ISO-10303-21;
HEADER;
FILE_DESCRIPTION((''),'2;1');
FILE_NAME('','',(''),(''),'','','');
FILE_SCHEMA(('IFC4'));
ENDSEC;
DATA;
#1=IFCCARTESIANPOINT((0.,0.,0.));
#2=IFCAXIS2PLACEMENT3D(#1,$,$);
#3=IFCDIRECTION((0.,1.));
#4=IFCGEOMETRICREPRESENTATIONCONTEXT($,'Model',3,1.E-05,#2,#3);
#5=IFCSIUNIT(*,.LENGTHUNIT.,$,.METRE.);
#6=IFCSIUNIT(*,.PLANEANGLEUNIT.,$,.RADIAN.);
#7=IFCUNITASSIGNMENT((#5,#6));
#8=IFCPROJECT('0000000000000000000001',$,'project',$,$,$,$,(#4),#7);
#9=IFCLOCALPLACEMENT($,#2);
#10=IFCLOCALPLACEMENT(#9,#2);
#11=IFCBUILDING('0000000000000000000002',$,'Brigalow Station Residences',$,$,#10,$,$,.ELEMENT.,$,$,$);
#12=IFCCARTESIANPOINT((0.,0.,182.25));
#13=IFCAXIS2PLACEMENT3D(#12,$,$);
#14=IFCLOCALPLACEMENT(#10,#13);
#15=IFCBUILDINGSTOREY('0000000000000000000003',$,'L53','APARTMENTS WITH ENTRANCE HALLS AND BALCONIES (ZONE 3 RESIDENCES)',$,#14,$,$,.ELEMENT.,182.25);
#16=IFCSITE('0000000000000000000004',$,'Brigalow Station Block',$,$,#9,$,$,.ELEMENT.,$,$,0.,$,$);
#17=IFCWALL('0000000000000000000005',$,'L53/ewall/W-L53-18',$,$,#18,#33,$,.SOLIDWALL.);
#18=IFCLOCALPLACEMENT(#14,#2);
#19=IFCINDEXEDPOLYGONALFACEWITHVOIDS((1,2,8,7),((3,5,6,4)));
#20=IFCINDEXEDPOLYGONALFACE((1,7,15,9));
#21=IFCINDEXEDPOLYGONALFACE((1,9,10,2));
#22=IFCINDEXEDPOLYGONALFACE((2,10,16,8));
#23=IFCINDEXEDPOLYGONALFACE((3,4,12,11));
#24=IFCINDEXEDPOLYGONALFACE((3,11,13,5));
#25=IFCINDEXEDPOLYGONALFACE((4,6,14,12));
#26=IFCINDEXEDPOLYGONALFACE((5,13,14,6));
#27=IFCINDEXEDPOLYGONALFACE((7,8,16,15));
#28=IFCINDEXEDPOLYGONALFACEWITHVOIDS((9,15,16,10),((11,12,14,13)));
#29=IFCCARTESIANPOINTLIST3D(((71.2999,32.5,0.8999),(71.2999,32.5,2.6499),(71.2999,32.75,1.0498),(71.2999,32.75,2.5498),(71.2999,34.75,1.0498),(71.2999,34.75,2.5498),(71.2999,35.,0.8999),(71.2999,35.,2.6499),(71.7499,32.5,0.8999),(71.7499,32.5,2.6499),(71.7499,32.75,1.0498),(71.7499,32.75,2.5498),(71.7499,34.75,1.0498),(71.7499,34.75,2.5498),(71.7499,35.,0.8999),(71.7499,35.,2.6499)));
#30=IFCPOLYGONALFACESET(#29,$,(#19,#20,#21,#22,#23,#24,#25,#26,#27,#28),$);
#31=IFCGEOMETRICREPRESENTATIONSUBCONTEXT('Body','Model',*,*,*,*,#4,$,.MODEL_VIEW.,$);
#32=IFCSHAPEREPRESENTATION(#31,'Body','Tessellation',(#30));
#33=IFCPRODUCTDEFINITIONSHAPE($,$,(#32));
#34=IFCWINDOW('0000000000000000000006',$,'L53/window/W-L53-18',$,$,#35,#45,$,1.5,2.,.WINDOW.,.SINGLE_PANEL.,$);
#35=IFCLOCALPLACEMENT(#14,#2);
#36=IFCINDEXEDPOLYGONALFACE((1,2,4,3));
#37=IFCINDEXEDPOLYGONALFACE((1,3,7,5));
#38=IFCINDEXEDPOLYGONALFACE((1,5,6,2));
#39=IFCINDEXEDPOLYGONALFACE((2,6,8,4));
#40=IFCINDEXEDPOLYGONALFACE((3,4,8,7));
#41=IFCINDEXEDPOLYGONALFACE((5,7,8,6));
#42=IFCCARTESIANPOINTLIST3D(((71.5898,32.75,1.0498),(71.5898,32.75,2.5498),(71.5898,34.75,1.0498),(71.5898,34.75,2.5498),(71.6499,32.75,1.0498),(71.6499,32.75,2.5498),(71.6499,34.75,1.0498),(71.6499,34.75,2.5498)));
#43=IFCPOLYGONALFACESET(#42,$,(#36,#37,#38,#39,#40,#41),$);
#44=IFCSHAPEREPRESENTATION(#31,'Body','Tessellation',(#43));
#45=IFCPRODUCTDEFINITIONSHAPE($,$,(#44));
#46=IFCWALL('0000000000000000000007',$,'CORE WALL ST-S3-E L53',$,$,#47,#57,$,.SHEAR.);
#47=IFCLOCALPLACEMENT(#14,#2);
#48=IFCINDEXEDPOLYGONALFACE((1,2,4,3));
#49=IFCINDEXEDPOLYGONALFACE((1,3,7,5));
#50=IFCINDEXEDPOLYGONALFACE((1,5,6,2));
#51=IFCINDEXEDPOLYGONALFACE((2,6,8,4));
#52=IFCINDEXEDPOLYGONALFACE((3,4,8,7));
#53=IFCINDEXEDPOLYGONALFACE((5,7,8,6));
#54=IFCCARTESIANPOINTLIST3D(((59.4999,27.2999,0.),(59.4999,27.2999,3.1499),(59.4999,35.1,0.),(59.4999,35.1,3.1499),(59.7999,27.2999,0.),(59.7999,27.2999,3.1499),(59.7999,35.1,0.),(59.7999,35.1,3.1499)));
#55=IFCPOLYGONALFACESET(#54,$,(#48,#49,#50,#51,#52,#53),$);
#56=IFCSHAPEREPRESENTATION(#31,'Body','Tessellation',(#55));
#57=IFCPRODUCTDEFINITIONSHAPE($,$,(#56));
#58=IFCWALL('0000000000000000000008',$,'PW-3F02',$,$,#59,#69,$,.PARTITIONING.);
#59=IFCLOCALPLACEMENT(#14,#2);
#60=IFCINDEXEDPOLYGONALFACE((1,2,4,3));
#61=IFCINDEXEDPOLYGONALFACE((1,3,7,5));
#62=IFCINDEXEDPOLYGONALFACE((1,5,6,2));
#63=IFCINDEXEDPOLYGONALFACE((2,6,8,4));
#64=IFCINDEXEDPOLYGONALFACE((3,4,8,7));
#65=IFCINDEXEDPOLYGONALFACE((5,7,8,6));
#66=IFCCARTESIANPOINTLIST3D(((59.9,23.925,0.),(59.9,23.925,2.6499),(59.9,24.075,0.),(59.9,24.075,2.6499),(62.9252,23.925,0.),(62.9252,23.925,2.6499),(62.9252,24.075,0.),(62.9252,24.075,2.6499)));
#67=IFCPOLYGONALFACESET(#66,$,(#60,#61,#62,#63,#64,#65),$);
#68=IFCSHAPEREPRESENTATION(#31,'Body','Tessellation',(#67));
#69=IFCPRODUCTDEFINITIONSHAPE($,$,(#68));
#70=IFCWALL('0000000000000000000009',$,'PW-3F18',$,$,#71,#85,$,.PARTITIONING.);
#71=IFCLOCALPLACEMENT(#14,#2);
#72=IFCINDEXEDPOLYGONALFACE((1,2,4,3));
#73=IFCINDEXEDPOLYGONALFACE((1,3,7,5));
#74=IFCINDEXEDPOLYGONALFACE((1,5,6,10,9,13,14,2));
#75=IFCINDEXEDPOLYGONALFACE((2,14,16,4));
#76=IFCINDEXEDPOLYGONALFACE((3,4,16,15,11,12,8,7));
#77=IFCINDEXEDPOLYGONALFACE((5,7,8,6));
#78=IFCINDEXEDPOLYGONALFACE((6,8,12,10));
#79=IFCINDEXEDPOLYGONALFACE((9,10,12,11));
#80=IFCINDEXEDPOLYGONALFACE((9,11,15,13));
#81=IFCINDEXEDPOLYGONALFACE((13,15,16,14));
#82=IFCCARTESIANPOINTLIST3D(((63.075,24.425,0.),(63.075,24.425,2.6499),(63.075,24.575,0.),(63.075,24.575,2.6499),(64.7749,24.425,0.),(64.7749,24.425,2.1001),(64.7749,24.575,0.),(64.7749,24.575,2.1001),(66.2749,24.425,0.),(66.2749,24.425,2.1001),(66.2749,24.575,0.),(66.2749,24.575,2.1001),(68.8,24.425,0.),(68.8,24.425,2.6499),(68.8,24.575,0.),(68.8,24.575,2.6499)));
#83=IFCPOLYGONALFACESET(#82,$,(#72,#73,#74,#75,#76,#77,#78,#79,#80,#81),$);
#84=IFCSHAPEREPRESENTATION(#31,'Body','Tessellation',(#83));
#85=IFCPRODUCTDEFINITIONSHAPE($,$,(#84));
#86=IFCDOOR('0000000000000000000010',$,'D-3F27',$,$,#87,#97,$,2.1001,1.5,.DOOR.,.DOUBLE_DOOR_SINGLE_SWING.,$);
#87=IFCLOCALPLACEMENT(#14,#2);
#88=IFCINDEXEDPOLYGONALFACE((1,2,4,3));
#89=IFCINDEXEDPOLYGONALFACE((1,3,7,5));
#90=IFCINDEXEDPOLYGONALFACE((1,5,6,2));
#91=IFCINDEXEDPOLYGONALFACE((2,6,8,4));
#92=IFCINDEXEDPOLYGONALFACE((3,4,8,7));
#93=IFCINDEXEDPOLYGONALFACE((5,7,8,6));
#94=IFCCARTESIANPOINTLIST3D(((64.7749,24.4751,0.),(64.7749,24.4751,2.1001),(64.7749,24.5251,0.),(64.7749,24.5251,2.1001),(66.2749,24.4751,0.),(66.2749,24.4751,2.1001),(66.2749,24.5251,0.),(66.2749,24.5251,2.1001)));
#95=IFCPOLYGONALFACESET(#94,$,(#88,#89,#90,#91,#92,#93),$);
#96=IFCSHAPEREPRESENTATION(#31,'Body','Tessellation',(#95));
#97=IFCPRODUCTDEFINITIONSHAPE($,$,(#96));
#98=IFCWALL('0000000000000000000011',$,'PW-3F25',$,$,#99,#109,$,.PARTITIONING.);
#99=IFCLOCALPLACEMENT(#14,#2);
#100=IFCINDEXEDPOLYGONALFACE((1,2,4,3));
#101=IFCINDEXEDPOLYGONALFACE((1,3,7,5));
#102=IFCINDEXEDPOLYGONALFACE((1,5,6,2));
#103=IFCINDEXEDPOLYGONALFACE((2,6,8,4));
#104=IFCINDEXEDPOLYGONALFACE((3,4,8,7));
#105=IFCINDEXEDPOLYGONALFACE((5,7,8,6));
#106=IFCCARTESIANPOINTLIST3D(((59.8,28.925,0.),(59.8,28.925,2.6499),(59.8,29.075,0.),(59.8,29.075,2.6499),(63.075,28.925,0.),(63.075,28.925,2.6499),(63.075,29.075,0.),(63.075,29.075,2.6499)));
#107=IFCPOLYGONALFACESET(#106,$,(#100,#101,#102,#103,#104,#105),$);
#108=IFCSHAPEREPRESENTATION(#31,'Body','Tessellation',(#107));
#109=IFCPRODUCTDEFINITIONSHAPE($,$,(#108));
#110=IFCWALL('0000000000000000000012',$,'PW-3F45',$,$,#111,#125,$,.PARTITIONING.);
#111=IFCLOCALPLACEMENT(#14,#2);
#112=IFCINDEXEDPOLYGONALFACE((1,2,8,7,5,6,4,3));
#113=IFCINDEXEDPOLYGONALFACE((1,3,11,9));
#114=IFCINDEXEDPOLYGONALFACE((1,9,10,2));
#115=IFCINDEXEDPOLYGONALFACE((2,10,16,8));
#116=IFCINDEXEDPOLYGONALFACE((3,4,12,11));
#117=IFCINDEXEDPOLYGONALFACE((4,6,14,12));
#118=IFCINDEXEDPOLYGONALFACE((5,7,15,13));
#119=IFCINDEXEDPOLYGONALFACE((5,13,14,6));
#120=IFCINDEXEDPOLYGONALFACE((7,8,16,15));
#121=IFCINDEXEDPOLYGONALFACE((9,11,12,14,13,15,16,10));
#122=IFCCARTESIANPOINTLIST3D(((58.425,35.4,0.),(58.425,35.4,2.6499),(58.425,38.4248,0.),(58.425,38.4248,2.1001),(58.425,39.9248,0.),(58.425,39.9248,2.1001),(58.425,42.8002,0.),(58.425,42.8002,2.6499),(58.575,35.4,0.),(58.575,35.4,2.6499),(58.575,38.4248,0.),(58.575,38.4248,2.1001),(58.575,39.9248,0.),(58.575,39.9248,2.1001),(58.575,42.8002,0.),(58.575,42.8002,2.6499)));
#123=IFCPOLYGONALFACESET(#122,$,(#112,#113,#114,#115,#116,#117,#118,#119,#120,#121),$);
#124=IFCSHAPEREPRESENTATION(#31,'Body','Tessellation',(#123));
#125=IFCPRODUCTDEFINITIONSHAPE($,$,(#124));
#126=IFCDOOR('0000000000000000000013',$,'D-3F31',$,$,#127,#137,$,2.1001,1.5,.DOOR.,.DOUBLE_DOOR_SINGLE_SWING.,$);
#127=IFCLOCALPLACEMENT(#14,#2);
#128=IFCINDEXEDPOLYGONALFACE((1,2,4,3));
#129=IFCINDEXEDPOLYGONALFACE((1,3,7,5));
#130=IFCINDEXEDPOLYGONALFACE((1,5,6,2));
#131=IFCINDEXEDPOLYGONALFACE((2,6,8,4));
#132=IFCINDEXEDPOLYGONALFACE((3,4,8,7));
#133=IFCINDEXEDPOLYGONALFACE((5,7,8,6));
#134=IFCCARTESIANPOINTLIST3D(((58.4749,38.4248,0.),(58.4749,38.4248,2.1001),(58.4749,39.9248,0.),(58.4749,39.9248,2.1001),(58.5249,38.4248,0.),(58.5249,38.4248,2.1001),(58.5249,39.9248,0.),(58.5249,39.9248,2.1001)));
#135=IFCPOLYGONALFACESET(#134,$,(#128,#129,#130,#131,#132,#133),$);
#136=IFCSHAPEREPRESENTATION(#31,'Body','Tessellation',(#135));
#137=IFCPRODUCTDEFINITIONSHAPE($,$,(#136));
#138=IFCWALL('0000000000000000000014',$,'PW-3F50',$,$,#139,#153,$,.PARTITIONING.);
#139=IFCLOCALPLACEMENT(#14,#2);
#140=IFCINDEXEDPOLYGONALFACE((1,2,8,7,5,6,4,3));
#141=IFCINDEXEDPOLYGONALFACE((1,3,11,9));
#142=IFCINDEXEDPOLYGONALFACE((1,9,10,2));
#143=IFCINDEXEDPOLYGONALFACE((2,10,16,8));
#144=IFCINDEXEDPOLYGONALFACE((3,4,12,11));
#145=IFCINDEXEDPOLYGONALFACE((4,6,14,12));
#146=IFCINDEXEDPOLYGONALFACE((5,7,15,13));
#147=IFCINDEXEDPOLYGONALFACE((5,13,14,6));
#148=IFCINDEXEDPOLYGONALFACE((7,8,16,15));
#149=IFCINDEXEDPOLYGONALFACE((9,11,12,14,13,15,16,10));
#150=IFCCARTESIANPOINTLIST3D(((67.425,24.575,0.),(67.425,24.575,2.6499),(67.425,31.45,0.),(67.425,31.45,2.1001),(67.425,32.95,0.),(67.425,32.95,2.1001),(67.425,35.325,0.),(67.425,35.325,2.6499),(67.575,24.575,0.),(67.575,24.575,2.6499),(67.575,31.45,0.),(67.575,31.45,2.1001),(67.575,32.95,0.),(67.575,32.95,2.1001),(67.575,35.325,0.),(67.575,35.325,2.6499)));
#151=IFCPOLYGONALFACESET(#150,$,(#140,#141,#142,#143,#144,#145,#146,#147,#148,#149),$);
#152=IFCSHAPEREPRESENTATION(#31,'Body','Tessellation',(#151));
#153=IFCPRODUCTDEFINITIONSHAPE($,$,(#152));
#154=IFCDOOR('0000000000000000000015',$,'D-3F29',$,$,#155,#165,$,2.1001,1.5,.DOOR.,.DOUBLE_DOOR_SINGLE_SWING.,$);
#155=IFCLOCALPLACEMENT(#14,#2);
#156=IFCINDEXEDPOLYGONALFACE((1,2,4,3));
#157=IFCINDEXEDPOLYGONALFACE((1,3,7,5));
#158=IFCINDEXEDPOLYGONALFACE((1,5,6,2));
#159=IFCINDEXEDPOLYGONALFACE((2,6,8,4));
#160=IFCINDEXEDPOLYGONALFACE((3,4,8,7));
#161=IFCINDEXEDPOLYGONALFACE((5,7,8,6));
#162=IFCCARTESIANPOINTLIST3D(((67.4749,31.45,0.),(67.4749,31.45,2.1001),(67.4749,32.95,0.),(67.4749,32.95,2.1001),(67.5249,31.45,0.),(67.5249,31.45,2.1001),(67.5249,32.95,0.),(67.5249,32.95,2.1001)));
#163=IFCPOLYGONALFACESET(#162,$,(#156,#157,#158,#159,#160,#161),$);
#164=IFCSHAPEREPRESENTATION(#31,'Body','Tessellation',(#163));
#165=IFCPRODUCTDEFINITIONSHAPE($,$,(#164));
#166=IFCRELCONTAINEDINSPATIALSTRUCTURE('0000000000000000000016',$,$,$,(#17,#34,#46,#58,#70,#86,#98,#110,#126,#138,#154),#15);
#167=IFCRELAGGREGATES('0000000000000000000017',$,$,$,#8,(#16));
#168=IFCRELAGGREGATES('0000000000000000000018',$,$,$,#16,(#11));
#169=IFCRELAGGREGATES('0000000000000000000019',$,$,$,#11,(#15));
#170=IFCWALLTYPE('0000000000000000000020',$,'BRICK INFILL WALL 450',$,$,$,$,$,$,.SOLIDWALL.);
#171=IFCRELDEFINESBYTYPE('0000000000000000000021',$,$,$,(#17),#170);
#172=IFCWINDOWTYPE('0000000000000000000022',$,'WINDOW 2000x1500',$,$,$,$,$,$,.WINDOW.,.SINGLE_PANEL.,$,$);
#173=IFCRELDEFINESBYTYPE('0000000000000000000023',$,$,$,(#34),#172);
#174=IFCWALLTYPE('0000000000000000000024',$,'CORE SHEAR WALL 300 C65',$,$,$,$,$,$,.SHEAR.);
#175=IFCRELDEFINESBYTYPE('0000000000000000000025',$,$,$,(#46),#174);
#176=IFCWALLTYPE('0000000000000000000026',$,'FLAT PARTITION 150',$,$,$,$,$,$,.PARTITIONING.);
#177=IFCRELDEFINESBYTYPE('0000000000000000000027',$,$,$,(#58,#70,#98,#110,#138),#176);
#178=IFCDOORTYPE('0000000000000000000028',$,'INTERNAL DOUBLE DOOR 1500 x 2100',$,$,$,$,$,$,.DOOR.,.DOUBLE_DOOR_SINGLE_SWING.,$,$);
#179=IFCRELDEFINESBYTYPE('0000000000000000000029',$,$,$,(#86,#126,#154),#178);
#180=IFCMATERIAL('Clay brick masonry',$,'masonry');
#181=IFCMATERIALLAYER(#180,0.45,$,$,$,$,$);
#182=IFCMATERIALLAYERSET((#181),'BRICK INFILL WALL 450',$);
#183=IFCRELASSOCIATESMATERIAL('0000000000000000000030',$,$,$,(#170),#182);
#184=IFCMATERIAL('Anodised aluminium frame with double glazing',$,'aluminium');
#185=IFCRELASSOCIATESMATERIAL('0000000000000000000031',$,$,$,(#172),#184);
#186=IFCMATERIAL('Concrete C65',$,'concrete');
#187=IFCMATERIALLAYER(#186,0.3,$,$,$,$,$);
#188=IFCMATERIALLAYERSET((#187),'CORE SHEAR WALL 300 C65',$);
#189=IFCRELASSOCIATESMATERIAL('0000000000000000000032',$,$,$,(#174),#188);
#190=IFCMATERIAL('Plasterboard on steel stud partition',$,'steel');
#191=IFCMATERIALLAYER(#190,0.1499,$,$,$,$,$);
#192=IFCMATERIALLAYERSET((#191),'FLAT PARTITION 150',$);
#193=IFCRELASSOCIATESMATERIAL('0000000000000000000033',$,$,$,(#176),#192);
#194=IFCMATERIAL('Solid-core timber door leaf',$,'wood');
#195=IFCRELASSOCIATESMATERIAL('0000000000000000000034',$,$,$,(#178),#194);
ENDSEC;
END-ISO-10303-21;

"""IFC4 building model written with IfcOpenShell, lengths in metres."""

from ifc_helpers import new_model, si_unit, direction, frame, frame_2d, origin, place, context, subcontext, project, spatial, rectangle, extrude, material, layer, layer_set, type_object, element, fill, save


model = new_model("IFC4")

# Units and contexts
model_context = context("Model", 3, precision=1e-05, world=origin(), true_north=direction((0.0, 1.0)))
body_context = subcontext(model_context, "Body", "Model", "MODEL_VIEW")
ifc_project = project(units=[si_unit("LENGTHUNIT", "METRE"), si_unit("PLANEANGLEUNIT", "RADIAN")], contexts=[model_context])

# Site, building, storey
site_placement = place(None, origin())
site = spatial("IfcSite", under=ifc_project, at=site_placement, Name="Brigalow Station Block", CompositionType="ELEMENT", RefElevation=0.0)
building_placement = place(site_placement, origin())
building = spatial("IfcBuilding", under=site, at=building_placement, Name="Brigalow Station Residences", CompositionType="ELEMENT")
storey_placement = place(building_placement, frame((0.0, 0.0, 182.25)))
storey = spatial("IfcBuildingStorey", under=building, at=storey_placement, Name="L53", Description="APARTMENTS WITH ENTRANCE HALLS AND BALCONIES (ZONE 3 RESIDENCES)", CompositionType="ELEMENT", Elevation=182.25)

# Shared definitions
ifc_material_1 = material(Name="Clay brick masonry", Category="masonry")
ifc_layer_1 = layer(ifc_material_1, 0.45)
ifc_layer_set_1 = layer_set([ifc_layer_1], Name="BRICK INFILL WALL 450")
wall_type_1 = type_object("IfcWallType", Name="BRICK INFILL WALL 450", PredefinedType="SOLIDWALL", material=ifc_layer_set_1)

# Wall, opening, window
wall_1_placement = place(storey_placement, frame((71.5249, 32.5, 0.8999), z_axis=(0.0, 0.0, 1.0), x_axis=(0.0, 1.0, 0.0)))
wall_1 = element("IfcWall", 1, at=wall_1_placement, inside=storey, type_object=wall_type_1, Name="L53/ewall/W-L53-18", PredefinedType="SOLIDWALL", context=body_context, shape_type="SweptSolid", body=[
    extrude(rectangle(XDim=2.5, YDim=0.45, at=frame_2d((1.25, 0.0))), origin(), (0.0, 0.0, 1.0), 1.75),
])
opening_1_placement = place(wall_1_placement, frame((0.25, 0.0, 0.1499)))
opening_1 = element("IfcOpeningElement", 2, at=opening_1_placement, cuts=wall_1, PredefinedType="OPENING", context=body_context, shape_type="SweptSolid", body=[
    extrude(rectangle(XDim=2.0, YDim=1.5, at=frame_2d((1.0, 0.75))), frame((0.0, 0.2349, 0.0), z_axis=(0.0, -1.0, 0.0), x_axis=(1.0, 0.0, 0.0)), (0.0, 0.0, 1.0), 0.47),
])
ifc_material_2 = material(Name="Anodised aluminium frame with double glazing", Category="aluminium")
window_type_1 = type_object("IfcWindowType", Name="WINDOW 2000x1500", PartitioningType="SINGLE_PANEL", PredefinedType="WINDOW", material=ifc_material_2)
window_1_placement = place(opening_1_placement, origin())
window_1 = element("IfcWindow", 3, at=window_1_placement, inside=storey, type_object=window_type_1, Name="L53/window/W-L53-18", OverallHeight=1.5, OverallWidth=2.0, PartitioningType="SINGLE_PANEL", PredefinedType="WINDOW", context=body_context, shape_type="SweptSolid", body=[
    extrude(rectangle(XDim=2.0, YDim=1.5, at=frame_2d((1.0, 0.75))), frame((0.0, -0.0649, 0.0), z_axis=(0.0, -1.0, 0.0), x_axis=(1.0, 0.0, 0.0)), (0.0, 0.0, 1.0), 0.0601),
])
fill(opening_1, window_1)

# Walls
ifc_material_3 = material(Name="Concrete C65", Category="concrete")
ifc_layer_2 = layer(ifc_material_3, 0.3)
ifc_layer_set_2 = layer_set([ifc_layer_2], Name="CORE SHEAR WALL 300 C65")
wall_type_2 = type_object("IfcWallType", Name="CORE SHEAR WALL 300 C65", PredefinedType="SHEAR", material=ifc_layer_set_2)
wall_2_placement = place(storey_placement, frame((59.6499, 27.3, 0.0), z_axis=(0.0, 0.0, 1.0), x_axis=(0.0, 1.0, 0.0)))
element("IfcWall", 4, at=wall_2_placement, inside=storey, type_object=wall_type_2, Name="CORE WALL ST-S3-E L53", PredefinedType="SHEAR", context=body_context, shape_type="SweptSolid", body=[
    extrude(rectangle(XDim=7.8, YDim=0.3, at=frame_2d((3.8999, 0.0))), origin(), (0.0, 0.0, 1.0), 3.1499),
])
ifc_material_4 = material(Name="Plasterboard on steel stud partition", Category="steel")
ifc_layer_3 = layer(ifc_material_4, 0.1499)
ifc_layer_set_3 = layer_set([ifc_layer_3], Name="FLAT PARTITION 150")
wall_type_3 = type_object("IfcWallType", Name="FLAT PARTITION 150", PredefinedType="PARTITIONING", material=ifc_layer_set_3)
wall_3_placement = place(storey_placement, frame((59.8999, 24.0, 0.0), z_axis=(0.0, 0.0, 1.0), x_axis=(1.0, 0.0, 0.0)))
element("IfcWall", 5, at=wall_3_placement, inside=storey, type_object=wall_type_3, Name="PW-3F02", PredefinedType="PARTITIONING", context=body_context, shape_type="SweptSolid", body=[
    extrude(rectangle(XDim=3.0251, YDim=0.1499, at=frame_2d((1.5127, 0.0))), origin(), (0.0, 0.0, 1.0), 2.6499),
])

# Wall, opening, door
wall_4_placement = place(storey_placement, frame((63.075, 24.5, 0.0), z_axis=(0.0, 0.0, 1.0), x_axis=(1.0, 0.0, 0.0)))
wall_4 = element("IfcWall", 6, at=wall_4_placement, inside=storey, type_object=wall_type_3, Name="PW-3F18", PredefinedType="PARTITIONING", context=body_context, shape_type="SweptSolid", body=[
    extrude(rectangle(XDim=5.7251, YDim=0.1499, at=frame_2d((2.8625, 0.0))), origin(), (0.0, 0.0, 1.0), 2.6499),
])
opening_2_placement = place(wall_4_placement, frame((1.7, 0.0, 0.0)))
opening_2 = element("IfcOpeningElement", 7, at=opening_2_placement, cuts=wall_4, PredefinedType="OPENING", context=body_context, shape_type="SweptSolid", body=[
    extrude(rectangle(XDim=1.5, YDim=2.1001, at=frame_2d((0.75, 1.05))), frame((0.0, 0.085, 0.0), z_axis=(0.0, -1.0, 0.0), x_axis=(1.0, 0.0, 0.0)), (0.0, 0.0, 1.0), 0.1699),
])
ifc_material_5 = material(Name="Solid-core timber door leaf", Category="wood")
door_type_1 = type_object("IfcDoorType", Name="INTERNAL DOUBLE DOOR 1500 x 2100", OperationType="DOUBLE_DOOR_SINGLE_SWING", PredefinedType="DOOR", material=ifc_material_5)
door_1_placement = place(opening_2_placement, frame((1.5, 0.0, 0.0), z_axis=(0.0, 0.0, 1.0), x_axis=(-1.0, 0.0, 0.0)))
door_1 = element("IfcDoor", 8, at=door_1_placement, inside=storey, type_object=door_type_1, Name="D-3F27", OperationType="DOUBLE_DOOR_SINGLE_SWING", OverallHeight=2.1001, OverallWidth=1.5, PredefinedType="DOOR", context=body_context, shape_type="SweptSolid", body=[
    extrude(rectangle(XDim=1.5, YDim=2.1001, at=frame_2d((0.75, 1.05))), frame((0.0, 0.0249, 0.0), z_axis=(0.0, -1.0, 0.0), x_axis=(1.0, 0.0, 0.0)), (0.0, 0.0, 1.0), 0.05),
])
fill(opening_2, door_1)

# Wall
wall_5_placement = place(storey_placement, frame((59.8, 29.0, 0.0), z_axis=(0.0, 0.0, 1.0), x_axis=(1.0, 0.0, 0.0)))
element("IfcWall", 9, at=wall_5_placement, inside=storey, type_object=wall_type_3, Name="PW-3F25", PredefinedType="PARTITIONING", context=body_context, shape_type="SweptSolid", body=[
    extrude(rectangle(XDim=3.2749, YDim=0.1499, at=frame_2d((1.6375, 0.0))), origin(), (0.0, 0.0, 1.0), 2.6499),
])

# Walls, openings, doors
wall_6_placement = place(storey_placement, frame((58.5, 35.3999, 0.0), z_axis=(0.0, 0.0, 1.0), x_axis=(0.0, 1.0, 0.0)))
wall_6 = element("IfcWall", 10, at=wall_6_placement, inside=storey, type_object=wall_type_3, Name="PW-3F45", PredefinedType="PARTITIONING", context=body_context, shape_type="SweptSolid", body=[
    extrude(rectangle(XDim=7.4001, YDim=0.1499, at=frame_2d((3.7002, 0.0))), origin(), (0.0, 0.0, 1.0), 2.6499),
])
opening_3_placement = place(wall_6_placement, frame((3.0249, 0.0, 0.0)))
opening_3 = element("IfcOpeningElement", 11, at=opening_3_placement, cuts=wall_6, PredefinedType="OPENING", context=body_context, shape_type="SweptSolid", body=[
    extrude(rectangle(XDim=1.5, YDim=2.1001, at=frame_2d((0.75, 1.05))), frame((0.0, 0.085, 0.0), z_axis=(0.0, -1.0, 0.0), x_axis=(1.0, 0.0, 0.0)), (0.0, 0.0, 1.0), 0.1699),
])
door_2_placement = place(opening_3_placement, frame((1.5, 0.0, 0.0), z_axis=(0.0, 0.0, 1.0), x_axis=(-1.0, 0.0, 0.0)))
door_2 = element("IfcDoor", 12, at=door_2_placement, inside=storey, type_object=door_type_1, Name="D-3F31", OperationType="DOUBLE_DOOR_SINGLE_SWING", OverallHeight=2.1001, OverallWidth=1.5, PredefinedType="DOOR", context=body_context, shape_type="SweptSolid", body=[
    extrude(rectangle(XDim=1.5, YDim=2.1001, at=frame_2d((0.75, 1.05))), frame((0.0, 0.0249, 0.0), z_axis=(0.0, -1.0, 0.0), x_axis=(1.0, 0.0, 0.0)), (0.0, 0.0, 1.0), 0.05),
])
fill(opening_3, door_2)
wall_7_placement = place(storey_placement, frame((67.5, 24.575, 0.0), z_axis=(0.0, 0.0, 1.0), x_axis=(0.0, 1.0, 0.0)))
wall_7 = element("IfcWall", 13, at=wall_7_placement, inside=storey, type_object=wall_type_3, Name="PW-3F50", PredefinedType="PARTITIONING", context=body_context, shape_type="SweptSolid", body=[
    extrude(rectangle(XDim=10.75, YDim=0.1499, at=frame_2d((5.375, 0.0))), origin(), (0.0, 0.0, 1.0), 2.6499),
])
opening_4_placement = place(wall_7_placement, frame((6.875, 0.0, 0.0)))
opening_4 = element("IfcOpeningElement", 14, at=opening_4_placement, cuts=wall_7, PredefinedType="OPENING", context=body_context, shape_type="SweptSolid", body=[
    extrude(rectangle(XDim=1.5, YDim=2.1001, at=frame_2d((0.75, 1.05))), frame((0.0, 0.085, 0.0), z_axis=(0.0, -1.0, 0.0), x_axis=(1.0, 0.0, 0.0)), (0.0, 0.0, 1.0), 0.1699),
])
door_3_placement = place(opening_4_placement, frame((1.5, 0.0, 0.0), z_axis=(0.0, 0.0, 1.0), x_axis=(-1.0, 0.0, 0.0)))
door_3 = element("IfcDoor", 15, at=door_3_placement, inside=storey, type_object=door_type_1, Name="D-3F29", OperationType="DOUBLE_DOOR_SINGLE_SWING", OverallHeight=2.1001, OverallWidth=1.5, PredefinedType="DOOR", context=body_context, shape_type="SweptSolid", body=[
    extrude(rectangle(XDim=1.5, YDim=2.1001, at=frame_2d((0.75, 1.05))), frame((0.0, 0.0249, 0.0), z_axis=(0.0, -1.0, 0.0), x_axis=(1.0, 0.0, 0.0)), (0.0, 0.0, 1.0), 0.05),
])
fill(opening_4, door_3)

save(model, "model.ifc")
